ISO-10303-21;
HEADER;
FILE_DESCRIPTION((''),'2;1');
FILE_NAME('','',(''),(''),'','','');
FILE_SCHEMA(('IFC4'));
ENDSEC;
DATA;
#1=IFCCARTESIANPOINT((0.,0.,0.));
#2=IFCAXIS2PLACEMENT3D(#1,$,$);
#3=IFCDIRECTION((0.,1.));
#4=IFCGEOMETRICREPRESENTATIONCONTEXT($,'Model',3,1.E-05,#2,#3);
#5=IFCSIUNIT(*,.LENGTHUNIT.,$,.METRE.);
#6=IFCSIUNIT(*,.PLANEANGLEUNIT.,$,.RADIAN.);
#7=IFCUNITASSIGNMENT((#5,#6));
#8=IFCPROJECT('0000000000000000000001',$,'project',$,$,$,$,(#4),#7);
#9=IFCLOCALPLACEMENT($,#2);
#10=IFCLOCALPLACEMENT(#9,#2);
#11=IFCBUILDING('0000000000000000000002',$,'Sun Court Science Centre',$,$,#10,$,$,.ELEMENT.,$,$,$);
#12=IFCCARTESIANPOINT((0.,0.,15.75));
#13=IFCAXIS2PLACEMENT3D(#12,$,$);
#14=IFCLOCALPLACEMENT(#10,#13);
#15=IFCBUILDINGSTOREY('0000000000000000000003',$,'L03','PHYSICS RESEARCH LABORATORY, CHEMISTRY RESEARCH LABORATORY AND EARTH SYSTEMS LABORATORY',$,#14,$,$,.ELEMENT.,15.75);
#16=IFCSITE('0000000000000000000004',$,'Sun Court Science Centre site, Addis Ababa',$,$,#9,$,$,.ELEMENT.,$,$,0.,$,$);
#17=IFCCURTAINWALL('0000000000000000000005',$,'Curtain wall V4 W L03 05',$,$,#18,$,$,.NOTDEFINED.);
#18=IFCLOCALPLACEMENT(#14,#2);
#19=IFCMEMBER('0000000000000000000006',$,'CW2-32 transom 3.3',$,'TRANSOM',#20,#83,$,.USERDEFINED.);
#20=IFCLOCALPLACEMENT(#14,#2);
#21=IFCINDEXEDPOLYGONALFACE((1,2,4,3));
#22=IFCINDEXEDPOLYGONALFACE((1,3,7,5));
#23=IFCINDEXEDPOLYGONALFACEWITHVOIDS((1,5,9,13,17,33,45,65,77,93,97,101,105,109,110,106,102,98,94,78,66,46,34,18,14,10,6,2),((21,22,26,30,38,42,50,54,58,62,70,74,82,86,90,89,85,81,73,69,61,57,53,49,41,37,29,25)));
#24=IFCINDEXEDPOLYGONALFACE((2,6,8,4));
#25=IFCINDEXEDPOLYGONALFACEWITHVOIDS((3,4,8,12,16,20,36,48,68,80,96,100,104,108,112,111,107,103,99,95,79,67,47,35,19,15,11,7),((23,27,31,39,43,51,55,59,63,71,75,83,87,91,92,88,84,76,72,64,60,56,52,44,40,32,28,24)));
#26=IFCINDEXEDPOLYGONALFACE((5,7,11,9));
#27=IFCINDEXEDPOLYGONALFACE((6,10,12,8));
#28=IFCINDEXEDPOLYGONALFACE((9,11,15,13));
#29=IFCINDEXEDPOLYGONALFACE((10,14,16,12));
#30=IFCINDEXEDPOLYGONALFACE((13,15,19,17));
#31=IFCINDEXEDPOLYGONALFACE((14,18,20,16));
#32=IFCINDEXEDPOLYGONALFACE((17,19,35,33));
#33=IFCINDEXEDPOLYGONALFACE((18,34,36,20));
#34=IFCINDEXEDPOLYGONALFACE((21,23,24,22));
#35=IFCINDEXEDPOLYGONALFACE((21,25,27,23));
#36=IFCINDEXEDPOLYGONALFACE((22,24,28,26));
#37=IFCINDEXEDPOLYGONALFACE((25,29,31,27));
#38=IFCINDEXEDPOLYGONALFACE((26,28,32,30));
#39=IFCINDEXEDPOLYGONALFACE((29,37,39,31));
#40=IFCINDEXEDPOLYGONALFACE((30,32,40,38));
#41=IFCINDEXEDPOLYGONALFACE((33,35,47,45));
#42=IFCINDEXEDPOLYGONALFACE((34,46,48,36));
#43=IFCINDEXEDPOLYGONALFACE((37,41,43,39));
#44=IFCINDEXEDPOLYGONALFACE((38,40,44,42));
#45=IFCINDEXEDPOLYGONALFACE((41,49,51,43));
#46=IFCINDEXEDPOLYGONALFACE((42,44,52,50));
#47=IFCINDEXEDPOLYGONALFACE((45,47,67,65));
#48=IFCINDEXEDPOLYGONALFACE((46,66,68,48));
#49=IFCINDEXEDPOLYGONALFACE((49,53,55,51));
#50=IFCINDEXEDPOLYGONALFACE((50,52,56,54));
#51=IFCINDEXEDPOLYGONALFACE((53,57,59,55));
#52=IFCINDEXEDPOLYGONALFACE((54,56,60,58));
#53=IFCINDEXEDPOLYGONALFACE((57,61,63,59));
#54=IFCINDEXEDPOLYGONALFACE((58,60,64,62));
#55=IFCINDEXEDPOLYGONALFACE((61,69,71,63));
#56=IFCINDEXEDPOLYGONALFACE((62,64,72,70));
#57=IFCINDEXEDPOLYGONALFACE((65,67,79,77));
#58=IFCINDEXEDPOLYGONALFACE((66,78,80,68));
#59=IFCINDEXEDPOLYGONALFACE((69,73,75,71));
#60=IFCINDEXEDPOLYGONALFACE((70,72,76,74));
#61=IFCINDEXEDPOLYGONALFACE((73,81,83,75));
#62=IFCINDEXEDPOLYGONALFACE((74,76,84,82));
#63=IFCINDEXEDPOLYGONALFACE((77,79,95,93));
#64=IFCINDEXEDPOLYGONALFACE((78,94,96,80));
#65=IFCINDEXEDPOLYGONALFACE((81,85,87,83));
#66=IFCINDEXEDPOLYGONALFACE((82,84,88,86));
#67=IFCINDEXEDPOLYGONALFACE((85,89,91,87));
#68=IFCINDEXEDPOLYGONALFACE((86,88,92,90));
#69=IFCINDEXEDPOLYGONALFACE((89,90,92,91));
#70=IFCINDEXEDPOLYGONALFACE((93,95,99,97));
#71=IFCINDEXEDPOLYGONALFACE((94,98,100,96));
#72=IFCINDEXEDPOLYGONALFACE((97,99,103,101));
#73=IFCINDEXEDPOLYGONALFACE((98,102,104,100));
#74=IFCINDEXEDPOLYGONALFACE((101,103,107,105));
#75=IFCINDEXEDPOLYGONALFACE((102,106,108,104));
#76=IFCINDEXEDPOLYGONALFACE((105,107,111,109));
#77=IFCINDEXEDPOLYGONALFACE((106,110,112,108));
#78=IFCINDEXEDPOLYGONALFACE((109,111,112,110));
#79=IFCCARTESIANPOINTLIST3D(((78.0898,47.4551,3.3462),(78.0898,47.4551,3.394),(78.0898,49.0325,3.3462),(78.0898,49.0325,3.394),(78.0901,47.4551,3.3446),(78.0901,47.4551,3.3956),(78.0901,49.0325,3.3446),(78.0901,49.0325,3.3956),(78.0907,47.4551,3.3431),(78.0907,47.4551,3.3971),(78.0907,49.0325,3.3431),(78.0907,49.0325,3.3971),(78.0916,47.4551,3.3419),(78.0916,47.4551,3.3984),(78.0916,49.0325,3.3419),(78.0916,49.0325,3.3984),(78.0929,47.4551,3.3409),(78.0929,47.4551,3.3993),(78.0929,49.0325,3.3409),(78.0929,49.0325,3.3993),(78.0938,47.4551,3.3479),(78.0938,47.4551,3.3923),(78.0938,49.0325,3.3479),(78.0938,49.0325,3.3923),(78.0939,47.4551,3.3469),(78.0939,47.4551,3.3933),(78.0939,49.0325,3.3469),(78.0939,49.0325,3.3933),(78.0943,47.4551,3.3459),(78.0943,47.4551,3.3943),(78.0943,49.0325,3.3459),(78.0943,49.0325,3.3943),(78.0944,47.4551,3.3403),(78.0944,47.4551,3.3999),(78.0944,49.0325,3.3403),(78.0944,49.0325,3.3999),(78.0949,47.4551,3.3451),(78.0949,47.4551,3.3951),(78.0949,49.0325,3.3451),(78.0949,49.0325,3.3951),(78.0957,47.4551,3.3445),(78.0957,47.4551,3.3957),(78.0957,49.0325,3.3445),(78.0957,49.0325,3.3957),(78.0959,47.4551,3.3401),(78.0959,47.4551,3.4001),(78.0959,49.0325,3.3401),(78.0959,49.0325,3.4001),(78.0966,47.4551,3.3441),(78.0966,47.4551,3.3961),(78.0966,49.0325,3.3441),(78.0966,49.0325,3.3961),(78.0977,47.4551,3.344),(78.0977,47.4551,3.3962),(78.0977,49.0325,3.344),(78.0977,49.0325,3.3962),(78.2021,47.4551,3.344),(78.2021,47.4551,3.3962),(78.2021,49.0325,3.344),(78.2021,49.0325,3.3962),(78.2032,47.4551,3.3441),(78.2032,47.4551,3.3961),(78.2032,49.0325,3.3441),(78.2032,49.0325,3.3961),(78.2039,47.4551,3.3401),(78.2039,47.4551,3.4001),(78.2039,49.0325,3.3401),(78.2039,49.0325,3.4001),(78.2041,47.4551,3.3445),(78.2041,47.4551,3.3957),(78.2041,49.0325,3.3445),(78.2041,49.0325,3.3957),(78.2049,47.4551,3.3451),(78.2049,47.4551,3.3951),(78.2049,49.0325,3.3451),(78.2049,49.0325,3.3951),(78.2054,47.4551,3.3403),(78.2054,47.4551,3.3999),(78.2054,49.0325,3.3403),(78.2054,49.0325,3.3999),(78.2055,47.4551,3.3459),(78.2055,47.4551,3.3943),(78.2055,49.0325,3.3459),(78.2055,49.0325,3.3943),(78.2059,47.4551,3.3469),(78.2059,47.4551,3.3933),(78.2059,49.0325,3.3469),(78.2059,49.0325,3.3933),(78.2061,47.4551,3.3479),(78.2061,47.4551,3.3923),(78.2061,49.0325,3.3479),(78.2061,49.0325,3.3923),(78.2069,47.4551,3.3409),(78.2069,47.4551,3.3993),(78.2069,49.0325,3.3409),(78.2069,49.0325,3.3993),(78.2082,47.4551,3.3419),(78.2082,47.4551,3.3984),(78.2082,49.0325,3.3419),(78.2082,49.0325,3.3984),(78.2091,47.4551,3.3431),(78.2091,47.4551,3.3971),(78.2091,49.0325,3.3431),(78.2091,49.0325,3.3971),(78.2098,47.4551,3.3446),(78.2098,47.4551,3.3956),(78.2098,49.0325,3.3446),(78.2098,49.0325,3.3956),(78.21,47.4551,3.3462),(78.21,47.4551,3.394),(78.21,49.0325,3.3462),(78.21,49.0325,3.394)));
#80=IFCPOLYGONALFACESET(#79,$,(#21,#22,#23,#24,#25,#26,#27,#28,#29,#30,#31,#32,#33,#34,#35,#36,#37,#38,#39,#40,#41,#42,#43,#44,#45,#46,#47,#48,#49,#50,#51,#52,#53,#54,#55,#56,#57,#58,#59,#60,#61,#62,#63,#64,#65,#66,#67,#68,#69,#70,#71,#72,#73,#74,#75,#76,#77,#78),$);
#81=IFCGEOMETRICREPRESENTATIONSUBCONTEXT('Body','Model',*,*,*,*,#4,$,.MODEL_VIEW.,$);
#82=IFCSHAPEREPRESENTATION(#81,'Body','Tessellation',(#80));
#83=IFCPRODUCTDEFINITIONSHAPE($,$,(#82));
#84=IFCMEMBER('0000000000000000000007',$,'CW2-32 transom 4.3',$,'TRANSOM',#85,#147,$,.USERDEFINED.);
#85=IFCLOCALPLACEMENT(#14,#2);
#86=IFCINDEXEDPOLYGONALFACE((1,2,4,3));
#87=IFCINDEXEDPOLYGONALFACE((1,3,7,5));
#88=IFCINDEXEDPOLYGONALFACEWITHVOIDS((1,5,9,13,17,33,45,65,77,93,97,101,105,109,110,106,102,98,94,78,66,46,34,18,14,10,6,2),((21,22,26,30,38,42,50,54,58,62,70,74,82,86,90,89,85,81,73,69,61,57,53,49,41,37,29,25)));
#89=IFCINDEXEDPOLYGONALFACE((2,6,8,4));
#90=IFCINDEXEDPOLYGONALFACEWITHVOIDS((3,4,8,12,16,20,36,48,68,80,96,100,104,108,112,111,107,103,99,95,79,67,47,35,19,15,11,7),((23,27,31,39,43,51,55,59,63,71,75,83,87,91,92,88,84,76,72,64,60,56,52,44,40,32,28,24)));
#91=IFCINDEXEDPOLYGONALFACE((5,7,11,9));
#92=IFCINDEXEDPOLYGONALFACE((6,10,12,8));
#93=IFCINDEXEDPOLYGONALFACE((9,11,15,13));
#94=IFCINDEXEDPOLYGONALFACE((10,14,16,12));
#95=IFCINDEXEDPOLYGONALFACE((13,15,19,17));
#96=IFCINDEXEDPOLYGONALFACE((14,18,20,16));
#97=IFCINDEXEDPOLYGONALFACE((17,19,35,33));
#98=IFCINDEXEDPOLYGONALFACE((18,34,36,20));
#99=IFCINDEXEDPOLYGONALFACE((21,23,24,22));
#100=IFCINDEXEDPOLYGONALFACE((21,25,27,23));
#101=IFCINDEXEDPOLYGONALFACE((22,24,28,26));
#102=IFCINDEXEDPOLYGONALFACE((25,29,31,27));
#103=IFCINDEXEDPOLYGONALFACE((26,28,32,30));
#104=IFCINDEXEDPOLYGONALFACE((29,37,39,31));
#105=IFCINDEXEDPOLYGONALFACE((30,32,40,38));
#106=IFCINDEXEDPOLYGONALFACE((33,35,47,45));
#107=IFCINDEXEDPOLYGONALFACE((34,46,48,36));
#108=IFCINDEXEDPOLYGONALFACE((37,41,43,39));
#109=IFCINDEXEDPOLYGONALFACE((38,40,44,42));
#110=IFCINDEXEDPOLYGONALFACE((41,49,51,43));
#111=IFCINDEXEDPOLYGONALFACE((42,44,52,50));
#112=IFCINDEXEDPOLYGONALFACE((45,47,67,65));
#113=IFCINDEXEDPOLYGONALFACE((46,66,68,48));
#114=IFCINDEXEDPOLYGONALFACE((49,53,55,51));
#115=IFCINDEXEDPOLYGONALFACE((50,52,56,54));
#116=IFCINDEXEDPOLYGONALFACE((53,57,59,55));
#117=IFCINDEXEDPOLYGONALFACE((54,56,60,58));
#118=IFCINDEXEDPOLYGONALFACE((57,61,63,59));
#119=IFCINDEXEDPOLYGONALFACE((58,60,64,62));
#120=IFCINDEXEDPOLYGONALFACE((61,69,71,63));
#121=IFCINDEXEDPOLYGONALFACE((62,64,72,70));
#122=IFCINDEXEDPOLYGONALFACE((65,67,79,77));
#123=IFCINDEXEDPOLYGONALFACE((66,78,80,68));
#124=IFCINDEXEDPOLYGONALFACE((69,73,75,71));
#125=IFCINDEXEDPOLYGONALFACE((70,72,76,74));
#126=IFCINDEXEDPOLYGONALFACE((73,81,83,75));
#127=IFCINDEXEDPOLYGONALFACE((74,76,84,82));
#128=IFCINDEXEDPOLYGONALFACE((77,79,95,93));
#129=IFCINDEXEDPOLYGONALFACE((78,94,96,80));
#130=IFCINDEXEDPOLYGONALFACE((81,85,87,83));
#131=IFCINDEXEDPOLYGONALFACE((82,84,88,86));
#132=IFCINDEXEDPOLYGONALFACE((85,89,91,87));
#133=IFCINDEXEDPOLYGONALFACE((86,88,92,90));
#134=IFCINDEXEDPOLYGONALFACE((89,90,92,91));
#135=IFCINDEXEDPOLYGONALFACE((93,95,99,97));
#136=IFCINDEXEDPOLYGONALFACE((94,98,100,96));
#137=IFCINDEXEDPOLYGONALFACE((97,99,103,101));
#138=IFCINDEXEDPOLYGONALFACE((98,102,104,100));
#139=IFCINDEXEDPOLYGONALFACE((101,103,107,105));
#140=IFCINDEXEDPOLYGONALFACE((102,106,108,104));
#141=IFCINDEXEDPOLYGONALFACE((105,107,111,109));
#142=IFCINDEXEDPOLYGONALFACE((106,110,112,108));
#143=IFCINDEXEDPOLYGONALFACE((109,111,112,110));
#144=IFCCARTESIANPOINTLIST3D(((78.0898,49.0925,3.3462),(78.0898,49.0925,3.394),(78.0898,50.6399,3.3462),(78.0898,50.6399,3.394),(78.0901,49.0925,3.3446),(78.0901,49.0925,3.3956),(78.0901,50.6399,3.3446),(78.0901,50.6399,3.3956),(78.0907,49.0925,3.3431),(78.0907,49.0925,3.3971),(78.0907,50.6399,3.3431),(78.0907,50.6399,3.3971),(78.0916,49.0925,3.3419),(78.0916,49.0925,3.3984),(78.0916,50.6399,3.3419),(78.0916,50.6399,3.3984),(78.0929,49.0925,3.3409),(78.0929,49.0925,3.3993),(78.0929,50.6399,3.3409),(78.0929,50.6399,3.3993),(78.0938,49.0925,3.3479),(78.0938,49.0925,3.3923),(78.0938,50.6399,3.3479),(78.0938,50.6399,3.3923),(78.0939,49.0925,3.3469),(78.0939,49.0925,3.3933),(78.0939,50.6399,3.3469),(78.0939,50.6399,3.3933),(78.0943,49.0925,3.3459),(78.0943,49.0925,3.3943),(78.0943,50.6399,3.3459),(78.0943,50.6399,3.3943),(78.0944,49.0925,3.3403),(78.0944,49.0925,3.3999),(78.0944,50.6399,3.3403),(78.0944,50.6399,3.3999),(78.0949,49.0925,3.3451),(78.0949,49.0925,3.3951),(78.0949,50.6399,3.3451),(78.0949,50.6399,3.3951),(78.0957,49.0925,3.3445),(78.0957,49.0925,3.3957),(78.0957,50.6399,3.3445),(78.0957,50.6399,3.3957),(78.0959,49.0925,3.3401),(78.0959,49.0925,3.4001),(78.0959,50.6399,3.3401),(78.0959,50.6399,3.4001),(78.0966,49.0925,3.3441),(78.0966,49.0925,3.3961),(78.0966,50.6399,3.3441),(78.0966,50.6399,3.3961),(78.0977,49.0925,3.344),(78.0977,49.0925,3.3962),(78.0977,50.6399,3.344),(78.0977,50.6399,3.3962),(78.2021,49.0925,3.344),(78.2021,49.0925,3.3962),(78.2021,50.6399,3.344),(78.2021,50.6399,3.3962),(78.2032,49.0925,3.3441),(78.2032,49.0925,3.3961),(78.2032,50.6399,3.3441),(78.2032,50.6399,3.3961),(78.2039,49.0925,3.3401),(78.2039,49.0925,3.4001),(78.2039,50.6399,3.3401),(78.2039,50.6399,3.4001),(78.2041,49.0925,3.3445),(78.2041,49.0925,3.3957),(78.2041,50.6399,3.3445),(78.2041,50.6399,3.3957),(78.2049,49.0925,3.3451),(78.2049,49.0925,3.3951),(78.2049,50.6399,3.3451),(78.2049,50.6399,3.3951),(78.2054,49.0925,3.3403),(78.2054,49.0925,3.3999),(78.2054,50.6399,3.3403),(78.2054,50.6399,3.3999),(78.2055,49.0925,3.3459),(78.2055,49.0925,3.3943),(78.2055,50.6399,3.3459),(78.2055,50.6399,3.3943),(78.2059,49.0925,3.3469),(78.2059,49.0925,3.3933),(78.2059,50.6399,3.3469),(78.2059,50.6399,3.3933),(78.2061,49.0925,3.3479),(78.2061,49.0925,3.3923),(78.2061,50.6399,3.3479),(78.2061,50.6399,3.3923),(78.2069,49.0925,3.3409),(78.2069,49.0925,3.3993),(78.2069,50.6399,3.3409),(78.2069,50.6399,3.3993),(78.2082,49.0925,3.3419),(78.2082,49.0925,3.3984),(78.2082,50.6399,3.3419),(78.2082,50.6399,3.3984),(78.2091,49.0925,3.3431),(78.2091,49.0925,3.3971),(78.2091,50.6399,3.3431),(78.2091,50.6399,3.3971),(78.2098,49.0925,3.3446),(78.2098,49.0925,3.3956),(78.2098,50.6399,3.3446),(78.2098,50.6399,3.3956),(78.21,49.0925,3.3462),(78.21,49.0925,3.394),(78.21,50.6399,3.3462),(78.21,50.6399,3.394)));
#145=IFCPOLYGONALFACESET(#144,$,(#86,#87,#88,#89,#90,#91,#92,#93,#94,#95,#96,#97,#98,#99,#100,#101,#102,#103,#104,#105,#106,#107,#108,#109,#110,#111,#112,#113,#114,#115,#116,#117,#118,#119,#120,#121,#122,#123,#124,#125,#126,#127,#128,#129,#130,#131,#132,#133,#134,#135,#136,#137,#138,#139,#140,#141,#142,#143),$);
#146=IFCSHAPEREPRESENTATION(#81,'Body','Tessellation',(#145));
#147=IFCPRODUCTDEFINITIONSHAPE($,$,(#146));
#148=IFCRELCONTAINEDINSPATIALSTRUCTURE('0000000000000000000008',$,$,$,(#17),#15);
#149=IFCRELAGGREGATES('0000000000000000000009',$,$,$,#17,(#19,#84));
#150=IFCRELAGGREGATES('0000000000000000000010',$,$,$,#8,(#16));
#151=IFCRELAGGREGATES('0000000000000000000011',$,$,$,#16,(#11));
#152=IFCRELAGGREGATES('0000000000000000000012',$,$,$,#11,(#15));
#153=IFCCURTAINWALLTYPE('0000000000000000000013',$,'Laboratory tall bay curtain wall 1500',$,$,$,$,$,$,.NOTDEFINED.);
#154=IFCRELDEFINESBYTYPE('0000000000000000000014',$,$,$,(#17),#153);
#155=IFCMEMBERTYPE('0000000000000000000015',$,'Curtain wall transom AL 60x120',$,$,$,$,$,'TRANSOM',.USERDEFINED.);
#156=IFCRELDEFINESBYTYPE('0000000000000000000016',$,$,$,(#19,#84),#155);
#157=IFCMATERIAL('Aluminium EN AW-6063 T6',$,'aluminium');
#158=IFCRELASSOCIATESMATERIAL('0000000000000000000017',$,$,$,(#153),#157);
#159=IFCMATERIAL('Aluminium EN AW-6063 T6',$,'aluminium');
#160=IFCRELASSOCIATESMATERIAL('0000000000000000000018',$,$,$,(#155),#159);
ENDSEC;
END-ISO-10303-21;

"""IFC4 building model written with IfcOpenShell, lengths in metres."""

from ifc_helpers import new_model, si_unit, direction, frame, origin, origin_2d, place, context, subcontext, project, spatial, hollow_rectangle, extrude, material, material_profile, profile_set, type_object, element, aggregate, save


model = new_model("IFC4")

# Units and contexts
model_context = context("Model", 3, precision=1e-05, world=origin(), true_north=direction((0.0, 1.0)))
body_context = subcontext(model_context, "Body", "Model", "MODEL_VIEW")
ifc_project = project(units=[si_unit("LENGTHUNIT", "METRE"), si_unit("PLANEANGLEUNIT", "RADIAN")], contexts=[model_context])

# Site, building, storey
site_placement = place(None, origin())
site = spatial("IfcSite", under=ifc_project, at=site_placement, Name="Sun Court Science Centre site, Addis Ababa", CompositionType="ELEMENT", RefElevation=0.0)
building_placement = place(site_placement, origin())
building = spatial("IfcBuilding", under=site, at=building_placement, Name="Sun Court Science Centre", CompositionType="ELEMENT")
storey_placement = place(building_placement, frame((0.0, 0.0, 15.75)))
storey = spatial("IfcBuildingStorey", under=building, at=storey_placement, Name="L03", Description="PHYSICS RESEARCH LABORATORY, CHEMISTRY RESEARCH LABORATORY AND EARTH SYSTEMS LABORATORY", CompositionType="ELEMENT", Elevation=15.75)

# Curtain wall
ifc_material_1 = material(Name="Aluminium EN AW-6063 T6", Category="aluminium")
curtain_wall_type = type_object("IfcCurtainWallType", Name="Laboratory tall bay curtain wall 1500", PredefinedType="NOTDEFINED", material=ifc_material_1)
curtain_wall_1_placement = place(storey_placement, origin())
curtain_wall_1 = element("IfcCurtainWall", 1, at=curtain_wall_1_placement, inside=storey, type_object=curtain_wall_type, Name="Curtain wall V4 W L03 05", PredefinedType="NOTDEFINED")

# Members
ifc_material_2 = material(Name="Aluminium EN AW-6063 T6", Category="aluminium")
ifc_material_profile_1 = material_profile(ifc_material_2, hollow_rectangle(XDim=0.0601, YDim=0.1201, WallThickness=0.0039, InnerFilletRadius=0.0039, OuterFilletRadius=0.0061, at=origin_2d()), Name="AL 60x120x4")
ifc_profile_set_1 = profile_set([ifc_material_profile_1], Name="Aluminium EN AW-6063 T6")
member_type_1 = type_object("IfcMemberType", Name="Curtain wall transom AL 60x120", ElementType="TRANSOM", PredefinedType="USERDEFINED", material=ifc_profile_set_1)
member_1_placement = place(storey_placement, frame((78.1499, 47.4551, 3.3701), z_axis=(0.0, 1.0, 0.0), x_axis=(0.0, 0.0, 1.0)))
member_1 = element("IfcMember", 2, at=member_1_placement, type_object=member_type_1, Name="CW2-32 transom 3.3", ObjectType="TRANSOM", PredefinedType="USERDEFINED", context=body_context, shape_type="SweptSolid", body=[
    extrude(hollow_rectangle(XDim=0.0601, YDim=0.1201, WallThickness=0.0039, InnerFilletRadius=0.0039, OuterFilletRadius=0.0061, at=origin_2d()), origin(), (0.0, 0.0, 1.0), 1.5774),
])
member_2_placement = place(storey_placement, frame((78.1499, 49.0925, 3.3701), z_axis=(0.0, 1.0, 0.0), x_axis=(0.0, 0.0, 1.0)))
member_2 = element("IfcMember", 3, at=member_2_placement, type_object=member_type_1, Name="CW2-32 transom 4.3", ObjectType="TRANSOM", PredefinedType="USERDEFINED", context=body_context, shape_type="SweptSolid", body=[
    extrude(hollow_rectangle(XDim=0.0601, YDim=0.1201, WallThickness=0.0039, InnerFilletRadius=0.0039, OuterFilletRadius=0.0061, at=origin_2d()), origin(), (0.0, 0.0, 1.0), 1.5474),
])

aggregate(curtain_wall_1, [member_1, member_2])

save(model, "model.ifc")
